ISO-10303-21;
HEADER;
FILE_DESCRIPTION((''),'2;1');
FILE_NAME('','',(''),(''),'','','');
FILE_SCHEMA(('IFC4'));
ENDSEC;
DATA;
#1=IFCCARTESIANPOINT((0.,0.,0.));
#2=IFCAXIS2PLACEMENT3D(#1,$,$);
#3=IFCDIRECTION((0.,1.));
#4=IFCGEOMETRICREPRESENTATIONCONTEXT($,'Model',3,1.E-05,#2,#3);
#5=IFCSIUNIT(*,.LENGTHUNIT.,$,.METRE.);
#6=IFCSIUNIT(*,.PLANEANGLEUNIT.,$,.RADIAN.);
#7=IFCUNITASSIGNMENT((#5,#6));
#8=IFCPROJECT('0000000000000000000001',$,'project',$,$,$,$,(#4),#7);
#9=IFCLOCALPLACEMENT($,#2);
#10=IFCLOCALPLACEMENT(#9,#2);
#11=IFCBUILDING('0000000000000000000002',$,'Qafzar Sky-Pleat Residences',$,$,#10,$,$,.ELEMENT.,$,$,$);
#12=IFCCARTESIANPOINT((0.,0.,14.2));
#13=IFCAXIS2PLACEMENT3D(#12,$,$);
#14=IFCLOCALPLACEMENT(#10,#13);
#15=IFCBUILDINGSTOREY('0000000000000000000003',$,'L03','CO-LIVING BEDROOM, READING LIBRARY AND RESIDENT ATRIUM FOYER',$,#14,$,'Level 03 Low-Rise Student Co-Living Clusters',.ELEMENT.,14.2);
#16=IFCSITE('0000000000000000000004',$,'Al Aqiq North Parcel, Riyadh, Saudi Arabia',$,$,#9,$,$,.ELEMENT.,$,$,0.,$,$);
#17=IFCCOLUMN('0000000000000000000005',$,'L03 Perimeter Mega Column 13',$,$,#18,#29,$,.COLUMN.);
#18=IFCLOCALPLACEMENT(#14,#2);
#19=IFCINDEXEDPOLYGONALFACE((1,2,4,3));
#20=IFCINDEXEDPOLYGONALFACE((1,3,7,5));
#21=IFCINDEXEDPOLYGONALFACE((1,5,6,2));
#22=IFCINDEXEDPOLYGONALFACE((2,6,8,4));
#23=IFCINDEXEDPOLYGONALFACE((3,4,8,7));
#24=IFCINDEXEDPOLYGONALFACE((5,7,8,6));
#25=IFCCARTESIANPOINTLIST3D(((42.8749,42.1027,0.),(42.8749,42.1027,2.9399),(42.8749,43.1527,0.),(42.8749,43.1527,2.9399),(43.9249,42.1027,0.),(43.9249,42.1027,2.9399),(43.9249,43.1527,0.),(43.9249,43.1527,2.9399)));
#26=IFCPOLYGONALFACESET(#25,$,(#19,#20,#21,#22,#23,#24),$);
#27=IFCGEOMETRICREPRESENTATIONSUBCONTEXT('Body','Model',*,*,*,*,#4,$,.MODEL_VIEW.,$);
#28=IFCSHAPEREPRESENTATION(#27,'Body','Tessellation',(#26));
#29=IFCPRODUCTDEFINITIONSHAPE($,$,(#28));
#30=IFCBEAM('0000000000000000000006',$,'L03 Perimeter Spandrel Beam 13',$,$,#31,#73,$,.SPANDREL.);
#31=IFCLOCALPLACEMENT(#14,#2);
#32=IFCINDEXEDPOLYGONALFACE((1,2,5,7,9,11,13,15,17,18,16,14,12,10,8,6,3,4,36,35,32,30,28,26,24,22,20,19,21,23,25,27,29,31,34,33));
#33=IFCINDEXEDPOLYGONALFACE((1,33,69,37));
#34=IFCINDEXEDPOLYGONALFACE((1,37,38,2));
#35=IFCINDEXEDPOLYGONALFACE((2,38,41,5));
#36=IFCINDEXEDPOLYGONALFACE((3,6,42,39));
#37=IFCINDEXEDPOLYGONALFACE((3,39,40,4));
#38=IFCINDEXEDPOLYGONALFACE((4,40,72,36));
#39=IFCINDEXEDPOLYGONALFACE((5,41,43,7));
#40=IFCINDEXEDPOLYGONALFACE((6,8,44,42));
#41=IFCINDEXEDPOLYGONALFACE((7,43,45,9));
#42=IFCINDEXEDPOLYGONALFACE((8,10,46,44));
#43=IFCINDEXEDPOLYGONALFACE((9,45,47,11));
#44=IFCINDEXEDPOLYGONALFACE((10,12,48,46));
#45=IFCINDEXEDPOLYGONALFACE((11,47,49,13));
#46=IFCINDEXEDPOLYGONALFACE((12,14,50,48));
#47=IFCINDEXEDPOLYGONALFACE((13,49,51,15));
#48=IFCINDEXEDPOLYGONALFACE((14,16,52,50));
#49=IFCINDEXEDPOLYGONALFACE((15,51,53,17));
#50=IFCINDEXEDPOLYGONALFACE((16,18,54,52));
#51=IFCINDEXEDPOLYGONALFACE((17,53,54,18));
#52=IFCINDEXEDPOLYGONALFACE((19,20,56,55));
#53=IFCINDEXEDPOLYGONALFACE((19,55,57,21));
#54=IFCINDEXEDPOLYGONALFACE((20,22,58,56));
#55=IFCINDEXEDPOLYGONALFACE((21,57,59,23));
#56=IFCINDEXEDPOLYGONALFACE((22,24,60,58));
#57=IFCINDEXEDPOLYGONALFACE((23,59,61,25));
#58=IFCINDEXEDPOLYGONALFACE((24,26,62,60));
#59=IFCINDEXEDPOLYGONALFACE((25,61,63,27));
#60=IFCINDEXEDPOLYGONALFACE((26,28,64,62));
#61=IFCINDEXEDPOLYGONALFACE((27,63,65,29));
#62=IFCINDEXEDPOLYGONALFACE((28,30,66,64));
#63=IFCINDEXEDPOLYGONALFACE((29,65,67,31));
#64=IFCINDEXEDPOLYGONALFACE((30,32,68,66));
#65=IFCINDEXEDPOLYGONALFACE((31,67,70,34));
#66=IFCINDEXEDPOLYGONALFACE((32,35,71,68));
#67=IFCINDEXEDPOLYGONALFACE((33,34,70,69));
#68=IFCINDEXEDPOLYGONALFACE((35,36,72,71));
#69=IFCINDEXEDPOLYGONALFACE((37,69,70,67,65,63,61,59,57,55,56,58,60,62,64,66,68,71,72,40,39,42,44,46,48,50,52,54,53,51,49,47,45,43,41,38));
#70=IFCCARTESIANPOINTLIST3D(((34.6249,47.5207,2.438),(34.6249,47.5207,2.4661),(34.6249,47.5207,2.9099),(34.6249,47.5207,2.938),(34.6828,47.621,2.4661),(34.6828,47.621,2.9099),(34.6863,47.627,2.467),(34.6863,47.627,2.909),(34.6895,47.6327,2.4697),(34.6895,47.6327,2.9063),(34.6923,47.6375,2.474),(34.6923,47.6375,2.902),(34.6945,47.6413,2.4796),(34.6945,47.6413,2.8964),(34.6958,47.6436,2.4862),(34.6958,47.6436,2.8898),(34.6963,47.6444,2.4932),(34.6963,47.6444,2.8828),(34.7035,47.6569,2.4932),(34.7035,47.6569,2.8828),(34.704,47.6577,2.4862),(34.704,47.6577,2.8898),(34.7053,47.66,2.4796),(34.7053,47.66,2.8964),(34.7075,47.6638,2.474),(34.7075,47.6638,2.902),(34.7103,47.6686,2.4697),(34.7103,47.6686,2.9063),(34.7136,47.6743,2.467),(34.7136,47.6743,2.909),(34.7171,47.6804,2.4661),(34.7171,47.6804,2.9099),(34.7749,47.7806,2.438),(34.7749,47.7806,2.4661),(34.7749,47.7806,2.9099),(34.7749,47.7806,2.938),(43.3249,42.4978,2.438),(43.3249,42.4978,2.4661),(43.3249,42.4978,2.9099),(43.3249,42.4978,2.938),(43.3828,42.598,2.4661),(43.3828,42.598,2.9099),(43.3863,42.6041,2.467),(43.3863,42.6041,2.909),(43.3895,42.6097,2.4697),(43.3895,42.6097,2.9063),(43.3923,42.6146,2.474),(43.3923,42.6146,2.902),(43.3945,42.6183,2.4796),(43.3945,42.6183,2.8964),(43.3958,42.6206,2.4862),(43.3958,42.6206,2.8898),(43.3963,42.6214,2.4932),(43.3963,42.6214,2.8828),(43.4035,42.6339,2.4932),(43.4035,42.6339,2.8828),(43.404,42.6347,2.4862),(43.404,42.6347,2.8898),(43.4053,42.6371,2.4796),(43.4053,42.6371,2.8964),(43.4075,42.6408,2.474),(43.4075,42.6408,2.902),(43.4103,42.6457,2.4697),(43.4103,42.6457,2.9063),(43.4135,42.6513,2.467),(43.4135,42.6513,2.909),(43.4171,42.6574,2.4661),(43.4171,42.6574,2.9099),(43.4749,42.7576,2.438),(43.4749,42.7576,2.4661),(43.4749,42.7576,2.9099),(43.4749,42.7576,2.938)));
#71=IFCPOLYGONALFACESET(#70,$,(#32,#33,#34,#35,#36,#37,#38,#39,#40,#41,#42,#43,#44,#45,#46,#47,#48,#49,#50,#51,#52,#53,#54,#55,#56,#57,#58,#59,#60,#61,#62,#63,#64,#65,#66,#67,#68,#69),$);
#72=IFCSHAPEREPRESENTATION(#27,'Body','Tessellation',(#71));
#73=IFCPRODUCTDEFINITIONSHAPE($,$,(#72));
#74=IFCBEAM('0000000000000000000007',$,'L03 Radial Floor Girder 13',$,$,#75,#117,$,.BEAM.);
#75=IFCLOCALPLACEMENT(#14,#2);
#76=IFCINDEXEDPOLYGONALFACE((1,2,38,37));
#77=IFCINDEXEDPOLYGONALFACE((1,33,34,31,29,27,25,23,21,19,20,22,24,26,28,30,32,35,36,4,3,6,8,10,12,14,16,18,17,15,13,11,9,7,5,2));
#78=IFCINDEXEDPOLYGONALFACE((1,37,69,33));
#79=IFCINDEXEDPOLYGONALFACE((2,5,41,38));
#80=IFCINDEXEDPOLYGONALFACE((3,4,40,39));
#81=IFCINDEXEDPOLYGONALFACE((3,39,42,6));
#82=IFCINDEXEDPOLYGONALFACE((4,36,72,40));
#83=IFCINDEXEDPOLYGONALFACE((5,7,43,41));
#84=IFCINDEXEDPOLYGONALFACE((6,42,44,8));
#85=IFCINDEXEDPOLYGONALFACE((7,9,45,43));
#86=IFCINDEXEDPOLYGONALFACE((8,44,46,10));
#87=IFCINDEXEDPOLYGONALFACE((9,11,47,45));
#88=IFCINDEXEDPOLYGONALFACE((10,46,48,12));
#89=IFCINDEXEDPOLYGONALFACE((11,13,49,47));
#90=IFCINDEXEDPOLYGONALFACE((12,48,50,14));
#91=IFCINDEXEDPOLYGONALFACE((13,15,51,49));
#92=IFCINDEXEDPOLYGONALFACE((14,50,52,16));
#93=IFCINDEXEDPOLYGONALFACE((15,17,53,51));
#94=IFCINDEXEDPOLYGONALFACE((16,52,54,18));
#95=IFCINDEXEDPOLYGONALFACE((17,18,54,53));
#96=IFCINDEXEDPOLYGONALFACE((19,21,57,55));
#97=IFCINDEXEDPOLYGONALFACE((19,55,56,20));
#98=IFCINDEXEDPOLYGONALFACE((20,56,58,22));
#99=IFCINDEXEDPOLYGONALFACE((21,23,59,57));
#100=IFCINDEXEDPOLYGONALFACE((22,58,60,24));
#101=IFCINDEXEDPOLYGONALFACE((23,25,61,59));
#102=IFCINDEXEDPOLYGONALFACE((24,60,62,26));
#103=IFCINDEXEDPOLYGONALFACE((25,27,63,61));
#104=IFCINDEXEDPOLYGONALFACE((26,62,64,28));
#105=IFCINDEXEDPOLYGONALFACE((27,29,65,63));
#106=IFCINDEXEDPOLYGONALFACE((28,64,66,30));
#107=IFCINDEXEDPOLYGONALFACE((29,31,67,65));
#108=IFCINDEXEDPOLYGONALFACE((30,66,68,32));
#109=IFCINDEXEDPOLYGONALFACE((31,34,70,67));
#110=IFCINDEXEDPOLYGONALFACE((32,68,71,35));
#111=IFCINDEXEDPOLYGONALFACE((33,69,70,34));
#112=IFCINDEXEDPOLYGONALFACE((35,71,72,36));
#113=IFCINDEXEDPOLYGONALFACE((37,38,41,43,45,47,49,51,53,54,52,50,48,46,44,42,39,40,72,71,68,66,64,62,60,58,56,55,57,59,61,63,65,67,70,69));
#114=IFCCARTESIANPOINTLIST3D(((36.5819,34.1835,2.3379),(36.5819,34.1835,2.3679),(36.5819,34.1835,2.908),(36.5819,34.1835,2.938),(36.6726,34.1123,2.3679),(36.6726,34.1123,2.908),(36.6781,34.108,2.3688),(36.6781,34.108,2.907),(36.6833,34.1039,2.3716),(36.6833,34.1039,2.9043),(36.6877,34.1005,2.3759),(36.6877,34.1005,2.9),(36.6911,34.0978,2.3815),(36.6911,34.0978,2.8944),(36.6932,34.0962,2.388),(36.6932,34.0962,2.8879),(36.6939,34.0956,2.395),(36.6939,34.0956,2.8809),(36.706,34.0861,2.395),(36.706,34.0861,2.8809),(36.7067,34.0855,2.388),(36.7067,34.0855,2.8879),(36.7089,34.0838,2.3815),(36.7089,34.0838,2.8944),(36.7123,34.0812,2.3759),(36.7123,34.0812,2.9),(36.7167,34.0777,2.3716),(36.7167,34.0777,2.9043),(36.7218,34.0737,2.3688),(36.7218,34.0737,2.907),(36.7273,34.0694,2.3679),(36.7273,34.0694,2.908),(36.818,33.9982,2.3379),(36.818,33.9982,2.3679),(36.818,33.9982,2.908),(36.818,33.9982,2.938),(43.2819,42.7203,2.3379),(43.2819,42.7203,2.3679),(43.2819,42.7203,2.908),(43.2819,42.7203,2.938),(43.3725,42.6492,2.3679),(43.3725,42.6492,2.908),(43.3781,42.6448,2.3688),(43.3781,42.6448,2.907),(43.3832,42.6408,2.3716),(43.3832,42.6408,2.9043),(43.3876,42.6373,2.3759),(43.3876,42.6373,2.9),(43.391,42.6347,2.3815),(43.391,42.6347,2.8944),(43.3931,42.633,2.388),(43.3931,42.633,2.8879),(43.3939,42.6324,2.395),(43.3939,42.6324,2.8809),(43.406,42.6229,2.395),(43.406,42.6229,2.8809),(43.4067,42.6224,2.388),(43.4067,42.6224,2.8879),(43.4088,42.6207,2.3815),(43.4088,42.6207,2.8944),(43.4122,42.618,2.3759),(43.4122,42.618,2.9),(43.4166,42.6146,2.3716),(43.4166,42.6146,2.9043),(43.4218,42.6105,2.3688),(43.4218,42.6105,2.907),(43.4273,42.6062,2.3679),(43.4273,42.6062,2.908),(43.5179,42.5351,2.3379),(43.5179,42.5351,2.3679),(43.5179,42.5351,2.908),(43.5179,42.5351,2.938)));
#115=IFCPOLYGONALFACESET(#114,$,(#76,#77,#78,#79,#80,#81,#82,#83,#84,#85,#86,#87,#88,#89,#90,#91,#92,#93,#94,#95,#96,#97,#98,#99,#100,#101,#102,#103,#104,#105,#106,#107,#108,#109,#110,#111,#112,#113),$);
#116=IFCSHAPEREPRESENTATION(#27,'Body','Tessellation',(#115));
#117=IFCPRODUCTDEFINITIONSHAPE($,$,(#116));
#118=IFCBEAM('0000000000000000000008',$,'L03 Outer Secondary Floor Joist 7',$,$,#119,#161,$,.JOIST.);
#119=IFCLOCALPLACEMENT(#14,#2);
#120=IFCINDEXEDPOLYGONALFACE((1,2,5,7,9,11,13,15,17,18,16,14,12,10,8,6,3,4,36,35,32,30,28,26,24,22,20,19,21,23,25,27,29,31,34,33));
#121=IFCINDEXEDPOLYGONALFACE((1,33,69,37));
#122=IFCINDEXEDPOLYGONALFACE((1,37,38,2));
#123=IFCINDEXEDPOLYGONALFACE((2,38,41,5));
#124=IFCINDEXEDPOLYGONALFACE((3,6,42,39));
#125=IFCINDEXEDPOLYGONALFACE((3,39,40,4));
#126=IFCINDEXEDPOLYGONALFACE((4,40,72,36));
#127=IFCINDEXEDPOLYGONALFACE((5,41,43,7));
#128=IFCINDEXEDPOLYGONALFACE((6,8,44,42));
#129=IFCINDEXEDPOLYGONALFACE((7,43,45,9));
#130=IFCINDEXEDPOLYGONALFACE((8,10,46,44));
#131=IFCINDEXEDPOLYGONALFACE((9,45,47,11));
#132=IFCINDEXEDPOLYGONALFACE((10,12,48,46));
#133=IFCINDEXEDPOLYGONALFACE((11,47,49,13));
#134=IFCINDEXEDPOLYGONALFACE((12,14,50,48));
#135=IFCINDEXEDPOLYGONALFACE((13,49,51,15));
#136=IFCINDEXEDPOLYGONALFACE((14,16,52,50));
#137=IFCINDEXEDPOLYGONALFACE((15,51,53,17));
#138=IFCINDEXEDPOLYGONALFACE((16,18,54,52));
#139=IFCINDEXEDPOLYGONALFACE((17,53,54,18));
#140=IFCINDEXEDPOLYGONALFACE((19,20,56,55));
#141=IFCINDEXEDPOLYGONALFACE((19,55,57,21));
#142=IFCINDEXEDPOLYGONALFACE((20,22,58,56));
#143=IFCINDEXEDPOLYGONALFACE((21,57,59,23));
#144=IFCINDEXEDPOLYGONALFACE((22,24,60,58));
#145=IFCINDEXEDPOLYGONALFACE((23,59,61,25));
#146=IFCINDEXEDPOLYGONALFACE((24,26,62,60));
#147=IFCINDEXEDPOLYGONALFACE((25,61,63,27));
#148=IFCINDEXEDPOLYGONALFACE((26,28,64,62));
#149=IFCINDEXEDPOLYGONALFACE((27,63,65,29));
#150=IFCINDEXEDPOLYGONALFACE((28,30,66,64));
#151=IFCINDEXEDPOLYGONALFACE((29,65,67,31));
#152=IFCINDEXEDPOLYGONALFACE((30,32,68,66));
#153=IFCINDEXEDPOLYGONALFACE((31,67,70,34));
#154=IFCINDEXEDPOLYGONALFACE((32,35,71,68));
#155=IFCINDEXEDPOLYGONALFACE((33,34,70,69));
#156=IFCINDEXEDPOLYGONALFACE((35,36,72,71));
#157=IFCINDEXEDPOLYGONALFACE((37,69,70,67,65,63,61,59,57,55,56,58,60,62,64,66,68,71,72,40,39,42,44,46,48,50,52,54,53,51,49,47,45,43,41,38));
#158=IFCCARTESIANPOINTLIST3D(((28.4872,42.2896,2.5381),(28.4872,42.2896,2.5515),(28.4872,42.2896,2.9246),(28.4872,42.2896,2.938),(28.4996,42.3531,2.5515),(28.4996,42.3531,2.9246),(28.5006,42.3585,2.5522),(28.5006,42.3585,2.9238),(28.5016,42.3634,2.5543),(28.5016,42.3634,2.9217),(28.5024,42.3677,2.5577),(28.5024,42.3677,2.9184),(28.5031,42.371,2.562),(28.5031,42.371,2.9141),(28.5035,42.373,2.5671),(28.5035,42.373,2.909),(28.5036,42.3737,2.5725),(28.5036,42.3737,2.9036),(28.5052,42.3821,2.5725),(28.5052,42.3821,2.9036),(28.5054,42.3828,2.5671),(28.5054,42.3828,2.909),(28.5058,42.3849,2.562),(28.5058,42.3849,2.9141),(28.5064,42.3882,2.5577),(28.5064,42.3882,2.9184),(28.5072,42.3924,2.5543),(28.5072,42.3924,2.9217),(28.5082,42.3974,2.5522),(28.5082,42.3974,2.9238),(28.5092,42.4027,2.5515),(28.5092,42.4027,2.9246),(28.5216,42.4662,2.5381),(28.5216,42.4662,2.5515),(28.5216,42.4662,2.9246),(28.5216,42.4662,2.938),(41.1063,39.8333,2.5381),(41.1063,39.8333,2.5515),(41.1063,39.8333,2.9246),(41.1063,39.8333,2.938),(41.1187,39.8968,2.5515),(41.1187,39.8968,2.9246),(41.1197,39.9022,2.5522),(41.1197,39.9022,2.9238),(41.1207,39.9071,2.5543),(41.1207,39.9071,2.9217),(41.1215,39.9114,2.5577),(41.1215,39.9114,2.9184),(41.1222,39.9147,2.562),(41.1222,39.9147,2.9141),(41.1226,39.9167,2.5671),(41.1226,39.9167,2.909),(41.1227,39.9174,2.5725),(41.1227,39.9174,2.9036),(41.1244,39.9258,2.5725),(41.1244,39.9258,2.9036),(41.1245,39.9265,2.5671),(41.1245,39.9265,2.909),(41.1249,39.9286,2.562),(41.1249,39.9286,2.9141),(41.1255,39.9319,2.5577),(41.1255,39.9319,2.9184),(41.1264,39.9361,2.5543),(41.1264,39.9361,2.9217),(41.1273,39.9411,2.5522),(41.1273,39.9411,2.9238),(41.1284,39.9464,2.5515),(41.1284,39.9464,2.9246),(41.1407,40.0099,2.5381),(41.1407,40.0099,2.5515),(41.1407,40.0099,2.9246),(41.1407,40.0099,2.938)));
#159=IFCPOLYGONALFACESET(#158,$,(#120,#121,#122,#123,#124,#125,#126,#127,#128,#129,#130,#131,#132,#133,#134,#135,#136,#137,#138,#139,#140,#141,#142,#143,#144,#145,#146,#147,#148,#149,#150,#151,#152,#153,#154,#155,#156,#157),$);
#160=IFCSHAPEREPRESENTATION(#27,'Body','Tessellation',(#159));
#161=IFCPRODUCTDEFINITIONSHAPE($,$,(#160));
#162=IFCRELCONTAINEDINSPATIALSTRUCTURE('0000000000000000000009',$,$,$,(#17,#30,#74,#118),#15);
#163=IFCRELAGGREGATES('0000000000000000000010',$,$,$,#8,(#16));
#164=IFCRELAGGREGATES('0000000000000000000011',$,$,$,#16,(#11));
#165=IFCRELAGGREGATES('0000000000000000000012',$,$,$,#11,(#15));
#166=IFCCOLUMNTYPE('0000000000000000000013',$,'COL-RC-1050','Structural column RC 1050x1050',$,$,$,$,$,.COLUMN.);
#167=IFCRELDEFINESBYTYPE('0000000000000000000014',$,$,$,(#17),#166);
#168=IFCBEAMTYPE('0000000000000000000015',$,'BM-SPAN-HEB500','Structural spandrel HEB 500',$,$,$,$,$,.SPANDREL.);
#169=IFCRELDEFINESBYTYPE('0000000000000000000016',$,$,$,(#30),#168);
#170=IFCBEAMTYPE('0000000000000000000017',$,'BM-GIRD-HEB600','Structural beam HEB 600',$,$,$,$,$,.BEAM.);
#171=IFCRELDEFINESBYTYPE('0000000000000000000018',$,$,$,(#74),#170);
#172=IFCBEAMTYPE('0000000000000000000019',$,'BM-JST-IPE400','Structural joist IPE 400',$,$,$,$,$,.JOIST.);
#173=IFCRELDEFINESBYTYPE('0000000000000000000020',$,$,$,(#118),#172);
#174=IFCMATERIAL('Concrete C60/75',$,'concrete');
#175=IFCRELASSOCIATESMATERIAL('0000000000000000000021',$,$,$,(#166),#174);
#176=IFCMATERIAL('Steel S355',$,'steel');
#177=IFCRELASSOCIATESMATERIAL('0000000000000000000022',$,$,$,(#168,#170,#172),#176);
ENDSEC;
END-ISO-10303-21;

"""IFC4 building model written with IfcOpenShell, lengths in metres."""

from ifc_helpers import new_model, si_unit, direction, frame, origin, origin_2d, place, context, subcontext, project, spatial, rectangle, i_section, extrude, source, transform, mapped, material, material_profile, profile_set, type_object, element, save


model = new_model("IFC4")

# Units and contexts
model_context = context("Model", 3, precision=1e-05, world=origin(), true_north=direction((0.0, 1.0)))
body_context = subcontext(model_context, "Body", "Model", "MODEL_VIEW")
ifc_project = project(units=[si_unit("LENGTHUNIT", "METRE"), si_unit("PLANEANGLEUNIT", "RADIAN")], contexts=[model_context])

# Site, building, storey
site_placement = place(None, origin())
site = spatial("IfcSite", under=ifc_project, at=site_placement, Name="Al Aqiq North Parcel, Riyadh, Saudi Arabia", CompositionType="ELEMENT", RefElevation=0.0)
building_placement = place(site_placement, origin())
building = spatial("IfcBuilding", under=site, at=building_placement, Name="Qafzar Sky-Pleat Residences", CompositionType="ELEMENT")
storey_placement = place(building_placement, frame((0.0, 0.0, 14.2)))
storey = spatial("IfcBuildingStorey", under=building, at=storey_placement, Name="L03", Description="CO-LIVING BEDROOM, READING LIBRARY AND RESIDENT ATRIUM FOYER", LongName="Level 03 Low-Rise Student Co-Living Clusters", CompositionType="ELEMENT", Elevation=14.2)

# Column
ifc_material_1 = material(Name="Concrete C60/75", Category="concrete")
ifc_material_profile_1 = material_profile(ifc_material_1, rectangle(XDim=1.05, YDim=1.05, at=origin_2d()), Name="RC 1050x1050")
ifc_profile_set_1 = profile_set([ifc_material_profile_1], Name="Concrete C60/75")
column_type = type_object("IfcColumnType", Name="COL-RC-1050", Description="Structural column RC 1050x1050", PredefinedType="COLUMN", material=ifc_profile_set_1)
shared_shape_1 = source(origin(), body_context, "Body", "SweptSolid", [
    extrude(rectangle(XDim=1.05, YDim=1.05, at=origin_2d()), origin(), (0.0, 0.0, 1.0), 2.9399),
])
column_placement = place(storey_placement, frame((43.3999, 42.6277, 0.0), z_axis=(0.0, 0.0, 1.0), x_axis=(1.0, 0.0, 0.0)))
element("IfcColumn", 1, at=column_placement, inside=storey, type_object=column_type, Name="L03 Perimeter Mega Column 13", PredefinedType="COLUMN", context=body_context, shape_type="MappedRepresentation", body=[
    mapped(shared_shape_1, transform((0.0, 0.0, 0.0), x_axis=(1.0, 0.0, 0.0), y_axis=(0.0, 1.0, 0.0), z_axis=(0.0, 0.0, 1.0), scale=1.0)),
])

# Beams
ifc_material_2 = material(Name="Steel S355", Category="steel")
ifc_material_profile_2 = material_profile(ifc_material_2, i_section(OverallWidth=0.3, OverallDepth=0.5, WebThickness=0.0144, FlangeThickness=0.0281, FilletRadius=0.0271, at=origin_2d()), Name="HEB 500")
ifc_profile_set_2 = profile_set([ifc_material_profile_2], Name="Steel S355")
beam_type_1 = type_object("IfcBeamType", Name="BM-SPAN-HEB500", Description="Structural spandrel HEB 500", PredefinedType="SPANDREL", material=ifc_profile_set_2)
shared_shape_2 = source(origin(), body_context, "Body", "SweptSolid", [
    extrude(i_section(OverallWidth=0.3, OverallDepth=0.5, WebThickness=0.0144, FlangeThickness=0.0281, FilletRadius=0.0271, at=origin_2d()), origin(), (0.0, 0.0, 1.0), 10.0459),
])
beam_1_placement = place(storey_placement, frame((43.3999, 42.6277, 2.688), z_axis=(-0.866024, 0.500002, 0.0), x_axis=(-0.500002, -0.866024, 0.0)))
element("IfcBeam", 2, at=beam_1_placement, inside=storey, type_object=beam_type_1, Name="L03 Perimeter Spandrel Beam 13", PredefinedType="SPANDREL", context=body_context, shape_type="MappedRepresentation", body=[
    mapped(shared_shape_2, transform((0.0, 0.0, 0.0), x_axis=(1.0, 0.0, 0.0), y_axis=(0.0, 1.0, 0.0), z_axis=(0.0, 0.0, 1.0), scale=1.0)),
])
ifc_material_profile_3 = material_profile(ifc_material_2, i_section(OverallWidth=0.3, OverallDepth=0.6001, WebThickness=0.0154, FlangeThickness=0.03, FilletRadius=0.0271, at=origin_2d()), Name="HEB 600")
ifc_profile_set_3 = profile_set([ifc_material_profile_3], Name="Steel S355")
beam_type_2 = type_object("IfcBeamType", Name="BM-GIRD-HEB600", Description="Structural beam HEB 600", PredefinedType="BEAM", material=ifc_profile_set_3)
shared_shape_3 = source(origin(), body_context, "Body", "SweptSolid", [
    extrude(i_section(OverallWidth=0.3, OverallDepth=0.6001, WebThickness=0.0154, FlangeThickness=0.03, FilletRadius=0.0271, at=origin_2d()), origin(), (0.0, 0.0, 1.0), 10.8521),
])
beam_2_placement = place(storey_placement, frame((43.3999, 42.6277, 2.6379), z_axis=(-0.617389, -0.786658, 0.0), x_axis=(0.786658, -0.617389, 0.0)))
element("IfcBeam", 3, at=beam_2_placement, inside=storey, type_object=beam_type_2, Name="L03 Radial Floor Girder 13", PredefinedType="BEAM", context=body_context, shape_type="MappedRepresentation", body=[
    mapped(shared_shape_3, transform((0.0, 0.0, 0.0), x_axis=(1.0, 0.0, 0.0), y_axis=(0.0, 1.0, 0.0), z_axis=(0.0, 0.0, 1.0), scale=1.0)),
])
ifc_material_profile_4 = material_profile(ifc_material_2, i_section(OverallWidth=0.1799, OverallDepth=0.3999, WebThickness=0.0085, FlangeThickness=0.0134, FilletRadius=0.021, at=origin_2d()), Name="IPE 400")
ifc_profile_set_4 = profile_set([ifc_material_profile_4], Name="Steel S355")
beam_type_3 = type_object("IfcBeamType", Name="BM-JST-IPE400", Description="Structural joist IPE 400", PredefinedType="JOIST", material=ifc_profile_set_4)
shared_shape_4 = source(origin(), body_context, "Body", "SweptSolid", [
    extrude(i_section(OverallWidth=0.1799, OverallDepth=0.3999, WebThickness=0.0085, FlangeThickness=0.0134, FilletRadius=0.021, at=origin_2d()), origin(), (0.0, 0.0, 1.0), 12.856),
])
beam_3_placement = place(storey_placement, frame((41.1235, 39.9216, 2.738), z_axis=(-0.981578, 0.191063, 0.0), x_axis=(-0.191063, -0.981578, 0.0)))
element("IfcBeam", 4, at=beam_3_placement, inside=storey, type_object=beam_type_3, Name="L03 Outer Secondary Floor Joist 7", PredefinedType="JOIST", context=body_context, shape_type="MappedRepresentation", body=[
    mapped(shared_shape_4, transform((0.0, 0.0, 0.0), x_axis=(1.0, 0.0, 0.0), y_axis=(0.0, 1.0, 0.0), z_axis=(0.0, 0.0, 1.0), scale=1.0)),
])

save(model, "model.ifc")
